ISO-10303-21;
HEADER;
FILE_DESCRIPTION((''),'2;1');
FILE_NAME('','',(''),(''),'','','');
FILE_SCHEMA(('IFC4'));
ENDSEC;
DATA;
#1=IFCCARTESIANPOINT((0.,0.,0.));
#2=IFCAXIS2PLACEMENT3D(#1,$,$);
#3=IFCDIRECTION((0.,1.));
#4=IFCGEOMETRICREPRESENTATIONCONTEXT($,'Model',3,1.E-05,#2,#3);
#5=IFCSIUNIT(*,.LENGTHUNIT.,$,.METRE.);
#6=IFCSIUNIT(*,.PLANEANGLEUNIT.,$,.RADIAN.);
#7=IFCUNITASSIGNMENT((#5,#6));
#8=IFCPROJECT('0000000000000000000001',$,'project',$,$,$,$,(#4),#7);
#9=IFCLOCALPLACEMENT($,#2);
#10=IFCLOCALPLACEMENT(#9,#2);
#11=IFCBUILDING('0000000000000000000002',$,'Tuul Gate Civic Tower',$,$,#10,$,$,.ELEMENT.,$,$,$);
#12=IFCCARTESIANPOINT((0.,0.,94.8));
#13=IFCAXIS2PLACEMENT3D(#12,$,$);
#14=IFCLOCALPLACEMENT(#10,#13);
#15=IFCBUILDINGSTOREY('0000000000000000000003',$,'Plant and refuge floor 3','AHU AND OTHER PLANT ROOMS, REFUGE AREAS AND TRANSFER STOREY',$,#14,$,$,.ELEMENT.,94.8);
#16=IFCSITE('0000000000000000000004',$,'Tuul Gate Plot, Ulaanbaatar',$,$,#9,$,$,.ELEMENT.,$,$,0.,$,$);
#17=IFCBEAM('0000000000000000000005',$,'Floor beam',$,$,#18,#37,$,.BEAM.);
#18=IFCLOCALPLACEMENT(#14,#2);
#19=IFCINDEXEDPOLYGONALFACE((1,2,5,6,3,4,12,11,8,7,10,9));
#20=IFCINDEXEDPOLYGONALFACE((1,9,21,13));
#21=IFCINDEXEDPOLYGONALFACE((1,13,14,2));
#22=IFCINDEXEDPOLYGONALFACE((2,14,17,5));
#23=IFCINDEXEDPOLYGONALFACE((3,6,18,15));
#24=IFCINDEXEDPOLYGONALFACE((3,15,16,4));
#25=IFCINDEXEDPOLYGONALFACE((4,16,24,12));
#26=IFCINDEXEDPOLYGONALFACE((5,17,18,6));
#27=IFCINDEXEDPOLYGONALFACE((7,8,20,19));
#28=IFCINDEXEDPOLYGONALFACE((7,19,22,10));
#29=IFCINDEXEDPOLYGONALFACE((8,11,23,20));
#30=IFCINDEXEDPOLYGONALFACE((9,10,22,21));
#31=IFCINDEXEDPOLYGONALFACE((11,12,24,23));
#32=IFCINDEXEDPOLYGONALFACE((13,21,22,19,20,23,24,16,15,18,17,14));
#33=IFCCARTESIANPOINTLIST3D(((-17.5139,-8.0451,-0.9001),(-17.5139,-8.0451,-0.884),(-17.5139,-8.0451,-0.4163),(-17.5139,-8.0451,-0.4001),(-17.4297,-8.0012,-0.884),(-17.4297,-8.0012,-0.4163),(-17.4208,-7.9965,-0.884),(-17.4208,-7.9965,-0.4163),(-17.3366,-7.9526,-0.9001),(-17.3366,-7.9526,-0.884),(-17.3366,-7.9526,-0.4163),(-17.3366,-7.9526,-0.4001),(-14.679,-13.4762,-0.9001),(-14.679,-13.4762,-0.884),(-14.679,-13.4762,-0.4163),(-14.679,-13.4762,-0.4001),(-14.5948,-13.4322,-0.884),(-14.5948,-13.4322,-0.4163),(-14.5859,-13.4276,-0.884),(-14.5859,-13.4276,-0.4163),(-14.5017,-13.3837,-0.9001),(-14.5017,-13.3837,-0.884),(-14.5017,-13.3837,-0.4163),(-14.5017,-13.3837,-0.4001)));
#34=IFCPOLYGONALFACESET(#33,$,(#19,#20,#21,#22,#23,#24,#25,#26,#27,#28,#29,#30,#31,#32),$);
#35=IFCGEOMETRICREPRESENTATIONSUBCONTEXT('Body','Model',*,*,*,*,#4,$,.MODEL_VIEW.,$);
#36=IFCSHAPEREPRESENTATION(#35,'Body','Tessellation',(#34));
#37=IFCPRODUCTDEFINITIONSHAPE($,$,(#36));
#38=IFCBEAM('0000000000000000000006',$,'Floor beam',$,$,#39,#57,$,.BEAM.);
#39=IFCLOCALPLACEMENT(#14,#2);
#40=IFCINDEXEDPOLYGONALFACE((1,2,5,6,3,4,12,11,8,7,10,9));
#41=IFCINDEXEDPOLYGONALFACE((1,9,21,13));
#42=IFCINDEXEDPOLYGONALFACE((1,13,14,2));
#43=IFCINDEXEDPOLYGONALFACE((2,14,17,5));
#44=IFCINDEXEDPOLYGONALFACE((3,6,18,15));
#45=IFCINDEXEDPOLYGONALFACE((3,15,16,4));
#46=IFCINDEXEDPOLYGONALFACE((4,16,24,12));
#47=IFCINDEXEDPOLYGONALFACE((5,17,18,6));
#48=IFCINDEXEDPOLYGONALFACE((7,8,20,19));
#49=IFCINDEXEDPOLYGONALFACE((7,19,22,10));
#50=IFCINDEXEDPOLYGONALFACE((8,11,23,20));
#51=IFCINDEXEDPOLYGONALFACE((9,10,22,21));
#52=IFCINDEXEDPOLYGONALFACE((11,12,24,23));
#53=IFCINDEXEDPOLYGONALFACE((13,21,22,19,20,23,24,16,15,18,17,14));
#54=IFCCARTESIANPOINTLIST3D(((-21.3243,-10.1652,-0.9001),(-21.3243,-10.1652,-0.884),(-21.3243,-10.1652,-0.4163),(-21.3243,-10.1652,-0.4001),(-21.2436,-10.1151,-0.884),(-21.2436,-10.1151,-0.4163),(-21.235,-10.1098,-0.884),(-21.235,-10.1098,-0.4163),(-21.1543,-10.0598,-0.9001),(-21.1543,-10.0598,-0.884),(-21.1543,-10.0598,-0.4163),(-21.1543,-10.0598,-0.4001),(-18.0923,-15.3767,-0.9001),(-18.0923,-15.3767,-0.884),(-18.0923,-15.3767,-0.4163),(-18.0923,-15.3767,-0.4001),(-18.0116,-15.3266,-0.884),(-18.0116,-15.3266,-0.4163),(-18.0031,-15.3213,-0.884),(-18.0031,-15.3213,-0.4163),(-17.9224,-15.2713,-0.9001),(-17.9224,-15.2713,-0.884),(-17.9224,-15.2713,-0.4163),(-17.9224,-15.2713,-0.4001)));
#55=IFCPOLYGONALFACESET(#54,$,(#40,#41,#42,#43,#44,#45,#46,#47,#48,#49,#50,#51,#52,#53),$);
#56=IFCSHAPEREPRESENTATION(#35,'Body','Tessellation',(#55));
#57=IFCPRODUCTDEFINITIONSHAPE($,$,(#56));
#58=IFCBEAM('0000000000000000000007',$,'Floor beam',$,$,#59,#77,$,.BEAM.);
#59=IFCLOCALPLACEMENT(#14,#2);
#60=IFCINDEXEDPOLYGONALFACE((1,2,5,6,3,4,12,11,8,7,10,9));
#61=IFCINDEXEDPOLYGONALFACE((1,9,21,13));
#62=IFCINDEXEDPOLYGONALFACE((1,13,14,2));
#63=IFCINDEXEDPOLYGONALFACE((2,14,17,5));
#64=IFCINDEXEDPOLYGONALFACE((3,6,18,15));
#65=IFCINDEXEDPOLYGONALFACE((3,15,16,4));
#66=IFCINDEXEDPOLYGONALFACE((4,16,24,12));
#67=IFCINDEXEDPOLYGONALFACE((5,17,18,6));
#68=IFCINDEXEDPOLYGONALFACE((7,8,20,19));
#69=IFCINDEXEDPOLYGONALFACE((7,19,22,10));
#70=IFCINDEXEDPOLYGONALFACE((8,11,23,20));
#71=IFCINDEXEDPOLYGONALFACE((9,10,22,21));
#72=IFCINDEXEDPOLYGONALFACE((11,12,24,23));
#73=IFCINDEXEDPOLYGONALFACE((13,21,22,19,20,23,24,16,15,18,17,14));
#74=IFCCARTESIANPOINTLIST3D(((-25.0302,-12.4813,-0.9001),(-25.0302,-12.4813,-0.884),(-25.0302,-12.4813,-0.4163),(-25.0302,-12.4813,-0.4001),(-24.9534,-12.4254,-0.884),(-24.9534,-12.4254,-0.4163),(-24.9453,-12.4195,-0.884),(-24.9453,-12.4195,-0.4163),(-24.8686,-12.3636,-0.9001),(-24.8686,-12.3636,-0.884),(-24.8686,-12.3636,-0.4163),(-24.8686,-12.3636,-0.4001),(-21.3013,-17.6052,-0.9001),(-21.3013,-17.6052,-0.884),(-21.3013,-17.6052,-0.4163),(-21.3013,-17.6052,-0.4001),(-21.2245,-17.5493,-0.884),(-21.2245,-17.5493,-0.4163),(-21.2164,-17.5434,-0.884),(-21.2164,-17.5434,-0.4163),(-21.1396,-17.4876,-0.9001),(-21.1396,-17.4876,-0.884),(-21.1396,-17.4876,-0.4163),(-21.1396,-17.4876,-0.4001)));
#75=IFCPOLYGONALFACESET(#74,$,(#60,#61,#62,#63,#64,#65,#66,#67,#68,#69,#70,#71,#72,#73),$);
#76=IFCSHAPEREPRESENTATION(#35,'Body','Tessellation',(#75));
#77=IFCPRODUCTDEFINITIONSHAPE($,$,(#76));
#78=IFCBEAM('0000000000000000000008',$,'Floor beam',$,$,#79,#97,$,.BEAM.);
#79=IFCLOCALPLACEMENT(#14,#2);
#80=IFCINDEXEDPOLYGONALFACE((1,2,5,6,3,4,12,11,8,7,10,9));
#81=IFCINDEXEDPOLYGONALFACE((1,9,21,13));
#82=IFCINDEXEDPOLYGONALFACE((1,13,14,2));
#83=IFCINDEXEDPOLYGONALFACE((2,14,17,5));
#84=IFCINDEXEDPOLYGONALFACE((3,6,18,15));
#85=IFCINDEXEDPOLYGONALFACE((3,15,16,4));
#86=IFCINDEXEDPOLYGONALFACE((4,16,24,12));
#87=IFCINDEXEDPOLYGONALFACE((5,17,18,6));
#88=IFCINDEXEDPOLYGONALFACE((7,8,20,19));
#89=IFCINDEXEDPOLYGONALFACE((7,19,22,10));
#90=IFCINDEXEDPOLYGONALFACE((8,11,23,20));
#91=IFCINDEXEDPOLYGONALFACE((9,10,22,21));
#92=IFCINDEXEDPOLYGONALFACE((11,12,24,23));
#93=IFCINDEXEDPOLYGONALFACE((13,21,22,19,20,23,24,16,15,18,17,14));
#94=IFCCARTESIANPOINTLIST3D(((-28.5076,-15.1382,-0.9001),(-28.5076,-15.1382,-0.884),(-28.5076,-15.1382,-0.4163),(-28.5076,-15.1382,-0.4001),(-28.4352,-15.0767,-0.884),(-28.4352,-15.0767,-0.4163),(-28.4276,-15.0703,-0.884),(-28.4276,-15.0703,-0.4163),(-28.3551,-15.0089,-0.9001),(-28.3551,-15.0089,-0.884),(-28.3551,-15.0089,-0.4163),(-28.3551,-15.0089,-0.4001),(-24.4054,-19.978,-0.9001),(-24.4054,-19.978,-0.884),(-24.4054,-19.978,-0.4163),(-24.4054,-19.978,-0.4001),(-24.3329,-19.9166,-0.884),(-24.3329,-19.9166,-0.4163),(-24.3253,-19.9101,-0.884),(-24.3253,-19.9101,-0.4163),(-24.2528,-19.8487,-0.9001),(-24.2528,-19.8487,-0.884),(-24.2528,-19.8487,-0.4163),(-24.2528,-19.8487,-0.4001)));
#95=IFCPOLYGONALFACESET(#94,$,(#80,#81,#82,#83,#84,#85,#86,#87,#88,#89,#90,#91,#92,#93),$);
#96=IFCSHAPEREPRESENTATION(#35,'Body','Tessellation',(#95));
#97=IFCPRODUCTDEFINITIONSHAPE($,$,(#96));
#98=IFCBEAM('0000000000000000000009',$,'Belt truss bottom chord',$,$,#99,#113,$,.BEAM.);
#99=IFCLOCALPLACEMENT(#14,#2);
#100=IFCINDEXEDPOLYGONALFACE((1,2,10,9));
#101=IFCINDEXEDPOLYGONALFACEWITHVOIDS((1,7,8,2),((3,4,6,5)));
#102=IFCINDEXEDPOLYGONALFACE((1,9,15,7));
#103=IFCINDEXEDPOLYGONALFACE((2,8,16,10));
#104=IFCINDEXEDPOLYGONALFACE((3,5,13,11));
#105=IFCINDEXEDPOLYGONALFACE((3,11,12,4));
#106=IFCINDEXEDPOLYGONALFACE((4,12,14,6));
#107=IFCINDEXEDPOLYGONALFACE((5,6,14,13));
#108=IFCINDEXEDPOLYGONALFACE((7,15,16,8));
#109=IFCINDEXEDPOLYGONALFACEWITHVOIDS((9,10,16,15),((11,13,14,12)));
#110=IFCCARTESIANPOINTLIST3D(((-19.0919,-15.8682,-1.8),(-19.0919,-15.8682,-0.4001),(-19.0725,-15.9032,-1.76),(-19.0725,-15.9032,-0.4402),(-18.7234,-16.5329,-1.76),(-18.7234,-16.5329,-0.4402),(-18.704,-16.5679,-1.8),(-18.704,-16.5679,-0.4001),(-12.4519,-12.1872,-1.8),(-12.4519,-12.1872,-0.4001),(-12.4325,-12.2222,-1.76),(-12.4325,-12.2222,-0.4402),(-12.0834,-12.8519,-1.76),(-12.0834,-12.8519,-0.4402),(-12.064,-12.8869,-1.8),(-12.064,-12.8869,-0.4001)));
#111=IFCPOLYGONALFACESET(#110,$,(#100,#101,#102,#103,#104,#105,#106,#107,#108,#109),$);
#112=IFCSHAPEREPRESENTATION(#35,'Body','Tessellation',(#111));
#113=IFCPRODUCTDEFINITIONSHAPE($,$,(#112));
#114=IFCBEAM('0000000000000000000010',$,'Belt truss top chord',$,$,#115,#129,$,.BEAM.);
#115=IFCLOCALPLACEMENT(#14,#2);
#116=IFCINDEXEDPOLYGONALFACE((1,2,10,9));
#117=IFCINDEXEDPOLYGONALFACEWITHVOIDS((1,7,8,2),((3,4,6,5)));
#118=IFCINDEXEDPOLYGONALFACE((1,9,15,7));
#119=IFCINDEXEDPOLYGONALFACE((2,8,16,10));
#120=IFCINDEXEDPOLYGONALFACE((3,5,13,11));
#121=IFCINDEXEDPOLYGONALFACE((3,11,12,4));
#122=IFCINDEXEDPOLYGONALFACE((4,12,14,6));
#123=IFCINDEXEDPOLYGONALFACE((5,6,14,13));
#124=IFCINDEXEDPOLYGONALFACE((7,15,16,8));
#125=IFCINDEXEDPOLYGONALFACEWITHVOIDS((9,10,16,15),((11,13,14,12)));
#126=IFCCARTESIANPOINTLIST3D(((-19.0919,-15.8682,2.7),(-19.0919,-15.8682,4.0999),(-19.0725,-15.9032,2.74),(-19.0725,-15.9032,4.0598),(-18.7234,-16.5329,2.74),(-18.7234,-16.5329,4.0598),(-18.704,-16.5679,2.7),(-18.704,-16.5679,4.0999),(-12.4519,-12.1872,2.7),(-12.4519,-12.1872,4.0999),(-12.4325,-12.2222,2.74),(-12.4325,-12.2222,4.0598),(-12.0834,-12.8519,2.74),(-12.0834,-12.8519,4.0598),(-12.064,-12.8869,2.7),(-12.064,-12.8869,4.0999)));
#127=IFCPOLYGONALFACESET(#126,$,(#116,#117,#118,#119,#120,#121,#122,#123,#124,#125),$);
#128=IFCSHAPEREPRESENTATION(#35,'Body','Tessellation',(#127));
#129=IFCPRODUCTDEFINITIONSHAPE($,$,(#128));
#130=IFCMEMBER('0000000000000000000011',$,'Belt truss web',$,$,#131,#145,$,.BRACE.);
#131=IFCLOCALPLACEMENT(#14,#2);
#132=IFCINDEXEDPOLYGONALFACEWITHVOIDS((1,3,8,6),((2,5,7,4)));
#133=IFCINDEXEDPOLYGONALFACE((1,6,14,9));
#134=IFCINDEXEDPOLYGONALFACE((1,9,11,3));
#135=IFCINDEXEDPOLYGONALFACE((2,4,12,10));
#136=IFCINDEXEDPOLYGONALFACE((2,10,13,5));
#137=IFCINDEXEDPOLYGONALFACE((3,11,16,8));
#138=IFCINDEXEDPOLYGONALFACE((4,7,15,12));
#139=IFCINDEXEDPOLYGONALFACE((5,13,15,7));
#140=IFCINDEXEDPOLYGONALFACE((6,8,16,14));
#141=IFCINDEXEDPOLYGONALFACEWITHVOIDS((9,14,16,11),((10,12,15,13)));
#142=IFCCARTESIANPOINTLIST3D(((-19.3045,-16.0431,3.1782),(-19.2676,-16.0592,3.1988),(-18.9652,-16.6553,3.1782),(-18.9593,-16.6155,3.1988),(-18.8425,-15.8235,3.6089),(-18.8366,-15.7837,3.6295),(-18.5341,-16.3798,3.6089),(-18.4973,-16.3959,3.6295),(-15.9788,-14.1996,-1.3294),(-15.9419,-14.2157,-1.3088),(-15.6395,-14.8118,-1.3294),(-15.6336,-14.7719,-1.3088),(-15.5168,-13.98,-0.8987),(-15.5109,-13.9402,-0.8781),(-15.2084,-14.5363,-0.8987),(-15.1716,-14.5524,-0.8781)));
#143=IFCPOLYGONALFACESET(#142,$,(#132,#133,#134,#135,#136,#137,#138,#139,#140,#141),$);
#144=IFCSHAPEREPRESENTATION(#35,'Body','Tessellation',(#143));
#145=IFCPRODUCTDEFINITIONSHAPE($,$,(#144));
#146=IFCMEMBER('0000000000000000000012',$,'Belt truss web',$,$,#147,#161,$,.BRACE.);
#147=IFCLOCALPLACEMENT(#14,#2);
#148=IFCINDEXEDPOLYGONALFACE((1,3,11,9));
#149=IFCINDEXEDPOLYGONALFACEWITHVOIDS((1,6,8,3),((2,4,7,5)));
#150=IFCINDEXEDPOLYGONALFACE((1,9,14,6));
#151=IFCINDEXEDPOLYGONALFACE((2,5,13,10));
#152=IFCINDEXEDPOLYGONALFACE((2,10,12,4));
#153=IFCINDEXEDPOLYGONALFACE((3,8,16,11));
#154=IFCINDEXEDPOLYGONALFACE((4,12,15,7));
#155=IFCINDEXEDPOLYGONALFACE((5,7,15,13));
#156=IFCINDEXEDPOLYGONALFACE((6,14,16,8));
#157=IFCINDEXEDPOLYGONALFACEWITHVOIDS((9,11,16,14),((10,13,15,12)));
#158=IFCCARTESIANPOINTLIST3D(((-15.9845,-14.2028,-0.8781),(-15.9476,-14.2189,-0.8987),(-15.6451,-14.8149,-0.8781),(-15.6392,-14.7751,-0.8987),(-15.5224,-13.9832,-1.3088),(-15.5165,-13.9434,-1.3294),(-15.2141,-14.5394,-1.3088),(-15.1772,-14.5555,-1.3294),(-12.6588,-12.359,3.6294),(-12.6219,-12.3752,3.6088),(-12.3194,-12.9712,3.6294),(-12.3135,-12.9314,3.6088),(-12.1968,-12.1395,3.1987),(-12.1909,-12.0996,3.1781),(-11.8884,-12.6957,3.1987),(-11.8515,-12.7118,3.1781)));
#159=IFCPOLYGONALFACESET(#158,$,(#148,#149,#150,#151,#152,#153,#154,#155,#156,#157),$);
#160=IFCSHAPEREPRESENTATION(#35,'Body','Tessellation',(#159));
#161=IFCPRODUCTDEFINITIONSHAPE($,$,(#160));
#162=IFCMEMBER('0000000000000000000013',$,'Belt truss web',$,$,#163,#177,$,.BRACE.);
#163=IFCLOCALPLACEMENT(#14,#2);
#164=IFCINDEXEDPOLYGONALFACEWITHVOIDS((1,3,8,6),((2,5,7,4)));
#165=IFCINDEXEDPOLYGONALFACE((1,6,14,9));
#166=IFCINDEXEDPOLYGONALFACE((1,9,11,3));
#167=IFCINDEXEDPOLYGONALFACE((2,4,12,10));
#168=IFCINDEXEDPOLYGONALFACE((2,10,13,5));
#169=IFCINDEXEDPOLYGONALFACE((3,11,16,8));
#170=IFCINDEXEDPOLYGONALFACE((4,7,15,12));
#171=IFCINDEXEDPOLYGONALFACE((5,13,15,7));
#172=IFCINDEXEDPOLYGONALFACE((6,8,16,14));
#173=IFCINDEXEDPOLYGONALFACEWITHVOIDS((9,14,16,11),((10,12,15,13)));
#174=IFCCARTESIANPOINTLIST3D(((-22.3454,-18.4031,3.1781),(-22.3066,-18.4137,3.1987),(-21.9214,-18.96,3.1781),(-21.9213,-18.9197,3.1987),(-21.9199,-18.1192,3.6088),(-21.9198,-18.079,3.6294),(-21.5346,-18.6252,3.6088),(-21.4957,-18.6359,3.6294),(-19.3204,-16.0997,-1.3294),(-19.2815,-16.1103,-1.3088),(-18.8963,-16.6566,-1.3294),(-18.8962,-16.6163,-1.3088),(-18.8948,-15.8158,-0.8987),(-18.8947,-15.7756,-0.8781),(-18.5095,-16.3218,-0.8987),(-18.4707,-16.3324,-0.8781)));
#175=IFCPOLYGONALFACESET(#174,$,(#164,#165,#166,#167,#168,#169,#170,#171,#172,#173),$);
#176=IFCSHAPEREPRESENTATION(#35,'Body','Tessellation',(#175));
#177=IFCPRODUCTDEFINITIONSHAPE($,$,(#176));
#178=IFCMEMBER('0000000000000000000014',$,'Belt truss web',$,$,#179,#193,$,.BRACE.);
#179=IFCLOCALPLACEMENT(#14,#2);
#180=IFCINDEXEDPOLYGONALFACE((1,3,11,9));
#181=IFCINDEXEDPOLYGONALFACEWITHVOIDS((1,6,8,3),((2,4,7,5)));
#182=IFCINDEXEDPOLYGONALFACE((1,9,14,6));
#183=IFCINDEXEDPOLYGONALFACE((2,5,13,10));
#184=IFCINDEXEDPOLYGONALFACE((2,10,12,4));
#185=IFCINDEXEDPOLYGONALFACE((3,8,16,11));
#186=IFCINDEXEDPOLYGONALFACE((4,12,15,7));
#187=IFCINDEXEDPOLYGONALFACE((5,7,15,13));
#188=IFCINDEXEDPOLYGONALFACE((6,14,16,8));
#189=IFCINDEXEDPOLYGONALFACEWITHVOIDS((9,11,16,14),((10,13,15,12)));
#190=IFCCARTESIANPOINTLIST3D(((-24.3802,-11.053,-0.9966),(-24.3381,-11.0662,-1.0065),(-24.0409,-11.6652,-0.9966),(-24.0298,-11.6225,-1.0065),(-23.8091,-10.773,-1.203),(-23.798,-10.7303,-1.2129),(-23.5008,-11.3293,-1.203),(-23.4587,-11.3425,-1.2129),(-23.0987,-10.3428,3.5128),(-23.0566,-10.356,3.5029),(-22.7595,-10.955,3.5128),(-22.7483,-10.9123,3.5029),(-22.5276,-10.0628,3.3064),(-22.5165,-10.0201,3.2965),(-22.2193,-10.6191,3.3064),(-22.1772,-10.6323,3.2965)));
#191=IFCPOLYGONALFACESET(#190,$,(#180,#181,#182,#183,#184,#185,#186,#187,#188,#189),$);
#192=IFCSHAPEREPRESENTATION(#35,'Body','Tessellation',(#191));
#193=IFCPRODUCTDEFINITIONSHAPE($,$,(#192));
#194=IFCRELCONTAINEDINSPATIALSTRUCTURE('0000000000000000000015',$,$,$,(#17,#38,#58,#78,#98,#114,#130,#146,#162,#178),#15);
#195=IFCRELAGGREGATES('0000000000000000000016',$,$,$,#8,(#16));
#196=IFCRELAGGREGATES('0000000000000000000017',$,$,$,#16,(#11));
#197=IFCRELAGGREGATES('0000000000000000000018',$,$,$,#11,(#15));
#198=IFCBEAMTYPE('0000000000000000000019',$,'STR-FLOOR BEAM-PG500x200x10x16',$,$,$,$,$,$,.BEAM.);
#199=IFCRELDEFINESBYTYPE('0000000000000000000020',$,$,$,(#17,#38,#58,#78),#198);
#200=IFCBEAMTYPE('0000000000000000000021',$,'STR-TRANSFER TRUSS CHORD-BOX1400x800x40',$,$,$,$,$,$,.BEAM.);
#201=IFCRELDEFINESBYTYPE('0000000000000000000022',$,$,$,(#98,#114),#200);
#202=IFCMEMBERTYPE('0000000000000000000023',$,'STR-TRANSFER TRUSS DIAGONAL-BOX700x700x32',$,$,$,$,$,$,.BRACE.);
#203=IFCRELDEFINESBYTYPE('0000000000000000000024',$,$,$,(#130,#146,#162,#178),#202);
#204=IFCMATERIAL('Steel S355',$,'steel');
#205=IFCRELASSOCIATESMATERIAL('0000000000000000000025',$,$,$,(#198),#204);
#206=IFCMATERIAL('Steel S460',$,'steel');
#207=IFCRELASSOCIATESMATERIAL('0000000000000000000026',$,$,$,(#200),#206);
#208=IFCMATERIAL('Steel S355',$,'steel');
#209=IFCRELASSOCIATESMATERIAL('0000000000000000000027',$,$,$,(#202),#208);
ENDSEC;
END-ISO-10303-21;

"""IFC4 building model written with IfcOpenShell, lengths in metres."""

from ifc_helpers import new_model, si_unit, direction, frame, origin, origin_2d, place, context, subcontext, project, spatial, hollow_rectangle, i_section, extrude, material, material_profile, profile_set, type_object, element, save


model = new_model("IFC4")

# Units and contexts
model_context = context("Model", 3, precision=1e-05, world=origin(), true_north=direction((0.0, 1.0)))
body_context = subcontext(model_context, "Body", "Model", "MODEL_VIEW")
ifc_project = project(units=[si_unit("LENGTHUNIT", "METRE"), si_unit("PLANEANGLEUNIT", "RADIAN")], contexts=[model_context])

# Site, building, storey
site_placement = place(None, origin())
site = spatial("IfcSite", under=ifc_project, at=site_placement, Name="Tuul Gate Plot, Ulaanbaatar", CompositionType="ELEMENT", RefElevation=0.0)
building_placement = place(site_placement, origin())
building = spatial("IfcBuilding", under=site, at=building_placement, Name="Tuul Gate Civic Tower", CompositionType="ELEMENT")
storey_placement = place(building_placement, frame((0.0, 0.0, 94.8)))
storey = spatial("IfcBuildingStorey", under=building, at=storey_placement, Name="Plant and refuge floor 3", Description="AHU AND OTHER PLANT ROOMS, REFUGE AREAS AND TRANSFER STOREY", CompositionType="ELEMENT", Elevation=94.8)

# Beams
ifc_material_1 = material(Name="Steel S355", Category="steel")
ifc_material_profile_1 = material_profile(ifc_material_1, i_section(OverallWidth=0.2, OverallDepth=0.5, WebThickness=0.01, FlangeThickness=0.0161, at=origin_2d()), Name="PG500x200x10x16")
ifc_profile_set_1 = profile_set([ifc_material_profile_1], Name="Steel S355")
beam_type_1 = type_object("IfcBeamType", Name="STR-FLOOR BEAM-PG500x200x10x16", PredefinedType="BEAM", material=ifc_profile_set_1)
beam_1_placement = place(storey_placement, frame((-14.5903, -13.4299, -0.6501), z_axis=(-0.462735, 0.886497, 0.0), x_axis=(-0.886497, -0.462735, 0.0)))
element("IfcBeam", 1, at=beam_1_placement, inside=storey, type_object=beam_type_1, Name="Floor beam", PredefinedType="BEAM", context=body_context, shape_type="SweptSolid", body=[
    extrude(i_section(OverallWidth=0.2, OverallDepth=0.5, WebThickness=0.01, FlangeThickness=0.0161, at=origin_2d()), origin(), (0.0, 0.0, 1.0), 6.1265),
])
beam_2_placement = place(storey_placement, frame((-18.0073, -15.324, -0.6501), z_axis=(-0.52704, 0.849841, 0.0), x_axis=(-0.849841, -0.52704, 0.0)))
element("IfcBeam", 2, at=beam_2_placement, inside=storey, type_object=beam_type_1, Name="Floor beam", PredefinedType="BEAM", context=body_context, shape_type="SweptSolid", body=[
    extrude(i_section(OverallWidth=0.2, OverallDepth=0.5, WebThickness=0.01, FlangeThickness=0.0161, at=origin_2d()), origin(), (0.0, 0.0, 1.0), 6.1323),
])
beam_3_placement = place(storey_placement, frame((-21.2205, -17.5464, -0.6501), z_axis=(-0.588424, 0.808553, 0.0), x_axis=(-0.808553, -0.588424, 0.0)))
element("IfcBeam", 3, at=beam_3_placement, inside=storey, type_object=beam_type_1, Name="Floor beam", PredefinedType="BEAM", context=body_context, shape_type="SweptSolid", body=[
    extrude(i_section(OverallWidth=0.2, OverallDepth=0.5, WebThickness=0.01, FlangeThickness=0.0161, at=origin_2d()), origin(), (0.0, 0.0, 1.0), 6.3372),
])
beam_4_placement = place(storey_placement, frame((-24.3291, -19.9133, -0.6501), z_axis=(-0.646589, 0.762839, 0.0), x_axis=(-0.762839, -0.646589, 0.0)))
element("IfcBeam", 4, at=beam_4_placement, inside=storey, type_object=beam_type_1, Name="Floor beam", PredefinedType="BEAM", context=body_context, shape_type="SweptSolid", body=[
    extrude(i_section(OverallWidth=0.2, OverallDepth=0.5, WebThickness=0.01, FlangeThickness=0.0161, at=origin_2d()), origin(), (0.0, 0.0, 1.0), 6.3445),
])
ifc_material_2 = material(Name="Steel S460", Category="steel")
ifc_material_profile_2 = material_profile(ifc_material_2, hollow_rectangle(XDim=0.8, YDim=1.3999, WallThickness=0.04, at=origin_2d()), Name="BOX1400x800x40")
ifc_profile_set_2 = profile_set([ifc_material_profile_2], Name="Steel S460")
beam_type_2 = type_object("IfcBeamType", Name="STR-TRANSFER TRUSS CHORD-BOX1400x800x40", PredefinedType="BEAM", material=ifc_profile_set_2)
for number, where, z_axis, x_axis, name in (
    (5, (-18.8979, -16.218, -1.1001), (0.8746, 0.484845, 0.0), (-0.484845, 0.8746, 0.0), "Belt truss bottom chord"),
    (6, (-18.8979, -16.218, 3.3999), (0.8746, 0.484845, 0.0), (-0.484845, 0.8746, 0.0), "Belt truss top chord"),
):
    element("IfcBeam", number, at=place(storey_placement, frame(where, z_axis=z_axis, x_axis=x_axis)), inside=storey, type_object=beam_type_2, Name=name, PredefinedType="BEAM", context=body_context, shape_type="SweptSolid", body=[
        extrude(hollow_rectangle(XDim=0.8, YDim=1.3999, WallThickness=0.04, at=origin_2d()), origin(), (0.0, 0.0, 1.0), 7.592),
    ])

# Members
ifc_material_3 = material(Name="Steel S355", Category="steel")
ifc_material_profile_3 = material_profile(ifc_material_3, hollow_rectangle(XDim=0.7, YDim=0.7, WallThickness=0.032, at=origin_2d()), Name="BOX700x700x32")
ifc_profile_set_3 = profile_set([ifc_material_profile_3], Name="Steel S355")
member_type_1 = type_object("IfcMemberType", Name="STR-TRANSFER TRUSS DIAGONAL-BOX700x700x32", PredefinedType="BRACE", material=ifc_profile_set_3)
for number, where, z_axis, x_axis, name in (
    (7, (-15.5752, -14.376, -1.1038), (-0.563944, -0.312607, 0.764359), (0.48482, -0.874614, 0.0), "Belt truss web"),
    (8, (-15.5808, -14.3792, -1.1038), (0.563936, 0.312645, 0.764349), (-0.484869, 0.874587, 0.0), "Belt truss web"),
):
    element("IfcMember", number, at=place(storey_placement, frame(where, z_axis=z_axis, x_axis=x_axis)), inside=storey, type_object=member_type_1, Name=name, PredefinedType="BRACE", context=body_context, shape_type="SweptSolid", body=[
        extrude(hollow_rectangle(XDim=0.7, YDim=0.7, WallThickness=0.032, at=origin_2d()), origin(), (0.0, 0.0, 1.0), 5.8972),
    ])
member_1_placement = place(storey_placement, frame((-18.8955, -16.2161, -1.1038), z_axis=(-0.51299, -0.390611, 0.764372), x_axis=(0.605809, -0.79561, 0.0)))
element("IfcMember", 9, at=member_1_placement, inside=storey, type_object=member_type_1, Name="Belt truss web", PredefinedType="BRACE", context=body_context, shape_type="SweptSolid", body=[
    extrude(hollow_rectangle(XDim=0.7, YDim=0.7, WallThickness=0.032, at=origin_2d()), origin(), (0.0, 0.0, 1.0), 5.897),
])
member_2_placement = place(storey_placement, frame((-23.9194, -11.1978, -1.1047), z_axis=(0.270268, 0.149783, 0.951063), x_axis=(-0.484737, 0.87466, 0.0)))
element("IfcMember", 10, at=member_2_placement, inside=storey, type_object=member_type_1, Name="Belt truss web", PredefinedType="BRACE", context=body_context, shape_type="SweptSolid", body=[
    extrude(hollow_rectangle(XDim=0.7, YDim=0.7, WallThickness=0.032, at=origin_2d()), origin(), (0.0, 0.0, 1.0), 4.7415),
])

save(model, "model.ifc")
